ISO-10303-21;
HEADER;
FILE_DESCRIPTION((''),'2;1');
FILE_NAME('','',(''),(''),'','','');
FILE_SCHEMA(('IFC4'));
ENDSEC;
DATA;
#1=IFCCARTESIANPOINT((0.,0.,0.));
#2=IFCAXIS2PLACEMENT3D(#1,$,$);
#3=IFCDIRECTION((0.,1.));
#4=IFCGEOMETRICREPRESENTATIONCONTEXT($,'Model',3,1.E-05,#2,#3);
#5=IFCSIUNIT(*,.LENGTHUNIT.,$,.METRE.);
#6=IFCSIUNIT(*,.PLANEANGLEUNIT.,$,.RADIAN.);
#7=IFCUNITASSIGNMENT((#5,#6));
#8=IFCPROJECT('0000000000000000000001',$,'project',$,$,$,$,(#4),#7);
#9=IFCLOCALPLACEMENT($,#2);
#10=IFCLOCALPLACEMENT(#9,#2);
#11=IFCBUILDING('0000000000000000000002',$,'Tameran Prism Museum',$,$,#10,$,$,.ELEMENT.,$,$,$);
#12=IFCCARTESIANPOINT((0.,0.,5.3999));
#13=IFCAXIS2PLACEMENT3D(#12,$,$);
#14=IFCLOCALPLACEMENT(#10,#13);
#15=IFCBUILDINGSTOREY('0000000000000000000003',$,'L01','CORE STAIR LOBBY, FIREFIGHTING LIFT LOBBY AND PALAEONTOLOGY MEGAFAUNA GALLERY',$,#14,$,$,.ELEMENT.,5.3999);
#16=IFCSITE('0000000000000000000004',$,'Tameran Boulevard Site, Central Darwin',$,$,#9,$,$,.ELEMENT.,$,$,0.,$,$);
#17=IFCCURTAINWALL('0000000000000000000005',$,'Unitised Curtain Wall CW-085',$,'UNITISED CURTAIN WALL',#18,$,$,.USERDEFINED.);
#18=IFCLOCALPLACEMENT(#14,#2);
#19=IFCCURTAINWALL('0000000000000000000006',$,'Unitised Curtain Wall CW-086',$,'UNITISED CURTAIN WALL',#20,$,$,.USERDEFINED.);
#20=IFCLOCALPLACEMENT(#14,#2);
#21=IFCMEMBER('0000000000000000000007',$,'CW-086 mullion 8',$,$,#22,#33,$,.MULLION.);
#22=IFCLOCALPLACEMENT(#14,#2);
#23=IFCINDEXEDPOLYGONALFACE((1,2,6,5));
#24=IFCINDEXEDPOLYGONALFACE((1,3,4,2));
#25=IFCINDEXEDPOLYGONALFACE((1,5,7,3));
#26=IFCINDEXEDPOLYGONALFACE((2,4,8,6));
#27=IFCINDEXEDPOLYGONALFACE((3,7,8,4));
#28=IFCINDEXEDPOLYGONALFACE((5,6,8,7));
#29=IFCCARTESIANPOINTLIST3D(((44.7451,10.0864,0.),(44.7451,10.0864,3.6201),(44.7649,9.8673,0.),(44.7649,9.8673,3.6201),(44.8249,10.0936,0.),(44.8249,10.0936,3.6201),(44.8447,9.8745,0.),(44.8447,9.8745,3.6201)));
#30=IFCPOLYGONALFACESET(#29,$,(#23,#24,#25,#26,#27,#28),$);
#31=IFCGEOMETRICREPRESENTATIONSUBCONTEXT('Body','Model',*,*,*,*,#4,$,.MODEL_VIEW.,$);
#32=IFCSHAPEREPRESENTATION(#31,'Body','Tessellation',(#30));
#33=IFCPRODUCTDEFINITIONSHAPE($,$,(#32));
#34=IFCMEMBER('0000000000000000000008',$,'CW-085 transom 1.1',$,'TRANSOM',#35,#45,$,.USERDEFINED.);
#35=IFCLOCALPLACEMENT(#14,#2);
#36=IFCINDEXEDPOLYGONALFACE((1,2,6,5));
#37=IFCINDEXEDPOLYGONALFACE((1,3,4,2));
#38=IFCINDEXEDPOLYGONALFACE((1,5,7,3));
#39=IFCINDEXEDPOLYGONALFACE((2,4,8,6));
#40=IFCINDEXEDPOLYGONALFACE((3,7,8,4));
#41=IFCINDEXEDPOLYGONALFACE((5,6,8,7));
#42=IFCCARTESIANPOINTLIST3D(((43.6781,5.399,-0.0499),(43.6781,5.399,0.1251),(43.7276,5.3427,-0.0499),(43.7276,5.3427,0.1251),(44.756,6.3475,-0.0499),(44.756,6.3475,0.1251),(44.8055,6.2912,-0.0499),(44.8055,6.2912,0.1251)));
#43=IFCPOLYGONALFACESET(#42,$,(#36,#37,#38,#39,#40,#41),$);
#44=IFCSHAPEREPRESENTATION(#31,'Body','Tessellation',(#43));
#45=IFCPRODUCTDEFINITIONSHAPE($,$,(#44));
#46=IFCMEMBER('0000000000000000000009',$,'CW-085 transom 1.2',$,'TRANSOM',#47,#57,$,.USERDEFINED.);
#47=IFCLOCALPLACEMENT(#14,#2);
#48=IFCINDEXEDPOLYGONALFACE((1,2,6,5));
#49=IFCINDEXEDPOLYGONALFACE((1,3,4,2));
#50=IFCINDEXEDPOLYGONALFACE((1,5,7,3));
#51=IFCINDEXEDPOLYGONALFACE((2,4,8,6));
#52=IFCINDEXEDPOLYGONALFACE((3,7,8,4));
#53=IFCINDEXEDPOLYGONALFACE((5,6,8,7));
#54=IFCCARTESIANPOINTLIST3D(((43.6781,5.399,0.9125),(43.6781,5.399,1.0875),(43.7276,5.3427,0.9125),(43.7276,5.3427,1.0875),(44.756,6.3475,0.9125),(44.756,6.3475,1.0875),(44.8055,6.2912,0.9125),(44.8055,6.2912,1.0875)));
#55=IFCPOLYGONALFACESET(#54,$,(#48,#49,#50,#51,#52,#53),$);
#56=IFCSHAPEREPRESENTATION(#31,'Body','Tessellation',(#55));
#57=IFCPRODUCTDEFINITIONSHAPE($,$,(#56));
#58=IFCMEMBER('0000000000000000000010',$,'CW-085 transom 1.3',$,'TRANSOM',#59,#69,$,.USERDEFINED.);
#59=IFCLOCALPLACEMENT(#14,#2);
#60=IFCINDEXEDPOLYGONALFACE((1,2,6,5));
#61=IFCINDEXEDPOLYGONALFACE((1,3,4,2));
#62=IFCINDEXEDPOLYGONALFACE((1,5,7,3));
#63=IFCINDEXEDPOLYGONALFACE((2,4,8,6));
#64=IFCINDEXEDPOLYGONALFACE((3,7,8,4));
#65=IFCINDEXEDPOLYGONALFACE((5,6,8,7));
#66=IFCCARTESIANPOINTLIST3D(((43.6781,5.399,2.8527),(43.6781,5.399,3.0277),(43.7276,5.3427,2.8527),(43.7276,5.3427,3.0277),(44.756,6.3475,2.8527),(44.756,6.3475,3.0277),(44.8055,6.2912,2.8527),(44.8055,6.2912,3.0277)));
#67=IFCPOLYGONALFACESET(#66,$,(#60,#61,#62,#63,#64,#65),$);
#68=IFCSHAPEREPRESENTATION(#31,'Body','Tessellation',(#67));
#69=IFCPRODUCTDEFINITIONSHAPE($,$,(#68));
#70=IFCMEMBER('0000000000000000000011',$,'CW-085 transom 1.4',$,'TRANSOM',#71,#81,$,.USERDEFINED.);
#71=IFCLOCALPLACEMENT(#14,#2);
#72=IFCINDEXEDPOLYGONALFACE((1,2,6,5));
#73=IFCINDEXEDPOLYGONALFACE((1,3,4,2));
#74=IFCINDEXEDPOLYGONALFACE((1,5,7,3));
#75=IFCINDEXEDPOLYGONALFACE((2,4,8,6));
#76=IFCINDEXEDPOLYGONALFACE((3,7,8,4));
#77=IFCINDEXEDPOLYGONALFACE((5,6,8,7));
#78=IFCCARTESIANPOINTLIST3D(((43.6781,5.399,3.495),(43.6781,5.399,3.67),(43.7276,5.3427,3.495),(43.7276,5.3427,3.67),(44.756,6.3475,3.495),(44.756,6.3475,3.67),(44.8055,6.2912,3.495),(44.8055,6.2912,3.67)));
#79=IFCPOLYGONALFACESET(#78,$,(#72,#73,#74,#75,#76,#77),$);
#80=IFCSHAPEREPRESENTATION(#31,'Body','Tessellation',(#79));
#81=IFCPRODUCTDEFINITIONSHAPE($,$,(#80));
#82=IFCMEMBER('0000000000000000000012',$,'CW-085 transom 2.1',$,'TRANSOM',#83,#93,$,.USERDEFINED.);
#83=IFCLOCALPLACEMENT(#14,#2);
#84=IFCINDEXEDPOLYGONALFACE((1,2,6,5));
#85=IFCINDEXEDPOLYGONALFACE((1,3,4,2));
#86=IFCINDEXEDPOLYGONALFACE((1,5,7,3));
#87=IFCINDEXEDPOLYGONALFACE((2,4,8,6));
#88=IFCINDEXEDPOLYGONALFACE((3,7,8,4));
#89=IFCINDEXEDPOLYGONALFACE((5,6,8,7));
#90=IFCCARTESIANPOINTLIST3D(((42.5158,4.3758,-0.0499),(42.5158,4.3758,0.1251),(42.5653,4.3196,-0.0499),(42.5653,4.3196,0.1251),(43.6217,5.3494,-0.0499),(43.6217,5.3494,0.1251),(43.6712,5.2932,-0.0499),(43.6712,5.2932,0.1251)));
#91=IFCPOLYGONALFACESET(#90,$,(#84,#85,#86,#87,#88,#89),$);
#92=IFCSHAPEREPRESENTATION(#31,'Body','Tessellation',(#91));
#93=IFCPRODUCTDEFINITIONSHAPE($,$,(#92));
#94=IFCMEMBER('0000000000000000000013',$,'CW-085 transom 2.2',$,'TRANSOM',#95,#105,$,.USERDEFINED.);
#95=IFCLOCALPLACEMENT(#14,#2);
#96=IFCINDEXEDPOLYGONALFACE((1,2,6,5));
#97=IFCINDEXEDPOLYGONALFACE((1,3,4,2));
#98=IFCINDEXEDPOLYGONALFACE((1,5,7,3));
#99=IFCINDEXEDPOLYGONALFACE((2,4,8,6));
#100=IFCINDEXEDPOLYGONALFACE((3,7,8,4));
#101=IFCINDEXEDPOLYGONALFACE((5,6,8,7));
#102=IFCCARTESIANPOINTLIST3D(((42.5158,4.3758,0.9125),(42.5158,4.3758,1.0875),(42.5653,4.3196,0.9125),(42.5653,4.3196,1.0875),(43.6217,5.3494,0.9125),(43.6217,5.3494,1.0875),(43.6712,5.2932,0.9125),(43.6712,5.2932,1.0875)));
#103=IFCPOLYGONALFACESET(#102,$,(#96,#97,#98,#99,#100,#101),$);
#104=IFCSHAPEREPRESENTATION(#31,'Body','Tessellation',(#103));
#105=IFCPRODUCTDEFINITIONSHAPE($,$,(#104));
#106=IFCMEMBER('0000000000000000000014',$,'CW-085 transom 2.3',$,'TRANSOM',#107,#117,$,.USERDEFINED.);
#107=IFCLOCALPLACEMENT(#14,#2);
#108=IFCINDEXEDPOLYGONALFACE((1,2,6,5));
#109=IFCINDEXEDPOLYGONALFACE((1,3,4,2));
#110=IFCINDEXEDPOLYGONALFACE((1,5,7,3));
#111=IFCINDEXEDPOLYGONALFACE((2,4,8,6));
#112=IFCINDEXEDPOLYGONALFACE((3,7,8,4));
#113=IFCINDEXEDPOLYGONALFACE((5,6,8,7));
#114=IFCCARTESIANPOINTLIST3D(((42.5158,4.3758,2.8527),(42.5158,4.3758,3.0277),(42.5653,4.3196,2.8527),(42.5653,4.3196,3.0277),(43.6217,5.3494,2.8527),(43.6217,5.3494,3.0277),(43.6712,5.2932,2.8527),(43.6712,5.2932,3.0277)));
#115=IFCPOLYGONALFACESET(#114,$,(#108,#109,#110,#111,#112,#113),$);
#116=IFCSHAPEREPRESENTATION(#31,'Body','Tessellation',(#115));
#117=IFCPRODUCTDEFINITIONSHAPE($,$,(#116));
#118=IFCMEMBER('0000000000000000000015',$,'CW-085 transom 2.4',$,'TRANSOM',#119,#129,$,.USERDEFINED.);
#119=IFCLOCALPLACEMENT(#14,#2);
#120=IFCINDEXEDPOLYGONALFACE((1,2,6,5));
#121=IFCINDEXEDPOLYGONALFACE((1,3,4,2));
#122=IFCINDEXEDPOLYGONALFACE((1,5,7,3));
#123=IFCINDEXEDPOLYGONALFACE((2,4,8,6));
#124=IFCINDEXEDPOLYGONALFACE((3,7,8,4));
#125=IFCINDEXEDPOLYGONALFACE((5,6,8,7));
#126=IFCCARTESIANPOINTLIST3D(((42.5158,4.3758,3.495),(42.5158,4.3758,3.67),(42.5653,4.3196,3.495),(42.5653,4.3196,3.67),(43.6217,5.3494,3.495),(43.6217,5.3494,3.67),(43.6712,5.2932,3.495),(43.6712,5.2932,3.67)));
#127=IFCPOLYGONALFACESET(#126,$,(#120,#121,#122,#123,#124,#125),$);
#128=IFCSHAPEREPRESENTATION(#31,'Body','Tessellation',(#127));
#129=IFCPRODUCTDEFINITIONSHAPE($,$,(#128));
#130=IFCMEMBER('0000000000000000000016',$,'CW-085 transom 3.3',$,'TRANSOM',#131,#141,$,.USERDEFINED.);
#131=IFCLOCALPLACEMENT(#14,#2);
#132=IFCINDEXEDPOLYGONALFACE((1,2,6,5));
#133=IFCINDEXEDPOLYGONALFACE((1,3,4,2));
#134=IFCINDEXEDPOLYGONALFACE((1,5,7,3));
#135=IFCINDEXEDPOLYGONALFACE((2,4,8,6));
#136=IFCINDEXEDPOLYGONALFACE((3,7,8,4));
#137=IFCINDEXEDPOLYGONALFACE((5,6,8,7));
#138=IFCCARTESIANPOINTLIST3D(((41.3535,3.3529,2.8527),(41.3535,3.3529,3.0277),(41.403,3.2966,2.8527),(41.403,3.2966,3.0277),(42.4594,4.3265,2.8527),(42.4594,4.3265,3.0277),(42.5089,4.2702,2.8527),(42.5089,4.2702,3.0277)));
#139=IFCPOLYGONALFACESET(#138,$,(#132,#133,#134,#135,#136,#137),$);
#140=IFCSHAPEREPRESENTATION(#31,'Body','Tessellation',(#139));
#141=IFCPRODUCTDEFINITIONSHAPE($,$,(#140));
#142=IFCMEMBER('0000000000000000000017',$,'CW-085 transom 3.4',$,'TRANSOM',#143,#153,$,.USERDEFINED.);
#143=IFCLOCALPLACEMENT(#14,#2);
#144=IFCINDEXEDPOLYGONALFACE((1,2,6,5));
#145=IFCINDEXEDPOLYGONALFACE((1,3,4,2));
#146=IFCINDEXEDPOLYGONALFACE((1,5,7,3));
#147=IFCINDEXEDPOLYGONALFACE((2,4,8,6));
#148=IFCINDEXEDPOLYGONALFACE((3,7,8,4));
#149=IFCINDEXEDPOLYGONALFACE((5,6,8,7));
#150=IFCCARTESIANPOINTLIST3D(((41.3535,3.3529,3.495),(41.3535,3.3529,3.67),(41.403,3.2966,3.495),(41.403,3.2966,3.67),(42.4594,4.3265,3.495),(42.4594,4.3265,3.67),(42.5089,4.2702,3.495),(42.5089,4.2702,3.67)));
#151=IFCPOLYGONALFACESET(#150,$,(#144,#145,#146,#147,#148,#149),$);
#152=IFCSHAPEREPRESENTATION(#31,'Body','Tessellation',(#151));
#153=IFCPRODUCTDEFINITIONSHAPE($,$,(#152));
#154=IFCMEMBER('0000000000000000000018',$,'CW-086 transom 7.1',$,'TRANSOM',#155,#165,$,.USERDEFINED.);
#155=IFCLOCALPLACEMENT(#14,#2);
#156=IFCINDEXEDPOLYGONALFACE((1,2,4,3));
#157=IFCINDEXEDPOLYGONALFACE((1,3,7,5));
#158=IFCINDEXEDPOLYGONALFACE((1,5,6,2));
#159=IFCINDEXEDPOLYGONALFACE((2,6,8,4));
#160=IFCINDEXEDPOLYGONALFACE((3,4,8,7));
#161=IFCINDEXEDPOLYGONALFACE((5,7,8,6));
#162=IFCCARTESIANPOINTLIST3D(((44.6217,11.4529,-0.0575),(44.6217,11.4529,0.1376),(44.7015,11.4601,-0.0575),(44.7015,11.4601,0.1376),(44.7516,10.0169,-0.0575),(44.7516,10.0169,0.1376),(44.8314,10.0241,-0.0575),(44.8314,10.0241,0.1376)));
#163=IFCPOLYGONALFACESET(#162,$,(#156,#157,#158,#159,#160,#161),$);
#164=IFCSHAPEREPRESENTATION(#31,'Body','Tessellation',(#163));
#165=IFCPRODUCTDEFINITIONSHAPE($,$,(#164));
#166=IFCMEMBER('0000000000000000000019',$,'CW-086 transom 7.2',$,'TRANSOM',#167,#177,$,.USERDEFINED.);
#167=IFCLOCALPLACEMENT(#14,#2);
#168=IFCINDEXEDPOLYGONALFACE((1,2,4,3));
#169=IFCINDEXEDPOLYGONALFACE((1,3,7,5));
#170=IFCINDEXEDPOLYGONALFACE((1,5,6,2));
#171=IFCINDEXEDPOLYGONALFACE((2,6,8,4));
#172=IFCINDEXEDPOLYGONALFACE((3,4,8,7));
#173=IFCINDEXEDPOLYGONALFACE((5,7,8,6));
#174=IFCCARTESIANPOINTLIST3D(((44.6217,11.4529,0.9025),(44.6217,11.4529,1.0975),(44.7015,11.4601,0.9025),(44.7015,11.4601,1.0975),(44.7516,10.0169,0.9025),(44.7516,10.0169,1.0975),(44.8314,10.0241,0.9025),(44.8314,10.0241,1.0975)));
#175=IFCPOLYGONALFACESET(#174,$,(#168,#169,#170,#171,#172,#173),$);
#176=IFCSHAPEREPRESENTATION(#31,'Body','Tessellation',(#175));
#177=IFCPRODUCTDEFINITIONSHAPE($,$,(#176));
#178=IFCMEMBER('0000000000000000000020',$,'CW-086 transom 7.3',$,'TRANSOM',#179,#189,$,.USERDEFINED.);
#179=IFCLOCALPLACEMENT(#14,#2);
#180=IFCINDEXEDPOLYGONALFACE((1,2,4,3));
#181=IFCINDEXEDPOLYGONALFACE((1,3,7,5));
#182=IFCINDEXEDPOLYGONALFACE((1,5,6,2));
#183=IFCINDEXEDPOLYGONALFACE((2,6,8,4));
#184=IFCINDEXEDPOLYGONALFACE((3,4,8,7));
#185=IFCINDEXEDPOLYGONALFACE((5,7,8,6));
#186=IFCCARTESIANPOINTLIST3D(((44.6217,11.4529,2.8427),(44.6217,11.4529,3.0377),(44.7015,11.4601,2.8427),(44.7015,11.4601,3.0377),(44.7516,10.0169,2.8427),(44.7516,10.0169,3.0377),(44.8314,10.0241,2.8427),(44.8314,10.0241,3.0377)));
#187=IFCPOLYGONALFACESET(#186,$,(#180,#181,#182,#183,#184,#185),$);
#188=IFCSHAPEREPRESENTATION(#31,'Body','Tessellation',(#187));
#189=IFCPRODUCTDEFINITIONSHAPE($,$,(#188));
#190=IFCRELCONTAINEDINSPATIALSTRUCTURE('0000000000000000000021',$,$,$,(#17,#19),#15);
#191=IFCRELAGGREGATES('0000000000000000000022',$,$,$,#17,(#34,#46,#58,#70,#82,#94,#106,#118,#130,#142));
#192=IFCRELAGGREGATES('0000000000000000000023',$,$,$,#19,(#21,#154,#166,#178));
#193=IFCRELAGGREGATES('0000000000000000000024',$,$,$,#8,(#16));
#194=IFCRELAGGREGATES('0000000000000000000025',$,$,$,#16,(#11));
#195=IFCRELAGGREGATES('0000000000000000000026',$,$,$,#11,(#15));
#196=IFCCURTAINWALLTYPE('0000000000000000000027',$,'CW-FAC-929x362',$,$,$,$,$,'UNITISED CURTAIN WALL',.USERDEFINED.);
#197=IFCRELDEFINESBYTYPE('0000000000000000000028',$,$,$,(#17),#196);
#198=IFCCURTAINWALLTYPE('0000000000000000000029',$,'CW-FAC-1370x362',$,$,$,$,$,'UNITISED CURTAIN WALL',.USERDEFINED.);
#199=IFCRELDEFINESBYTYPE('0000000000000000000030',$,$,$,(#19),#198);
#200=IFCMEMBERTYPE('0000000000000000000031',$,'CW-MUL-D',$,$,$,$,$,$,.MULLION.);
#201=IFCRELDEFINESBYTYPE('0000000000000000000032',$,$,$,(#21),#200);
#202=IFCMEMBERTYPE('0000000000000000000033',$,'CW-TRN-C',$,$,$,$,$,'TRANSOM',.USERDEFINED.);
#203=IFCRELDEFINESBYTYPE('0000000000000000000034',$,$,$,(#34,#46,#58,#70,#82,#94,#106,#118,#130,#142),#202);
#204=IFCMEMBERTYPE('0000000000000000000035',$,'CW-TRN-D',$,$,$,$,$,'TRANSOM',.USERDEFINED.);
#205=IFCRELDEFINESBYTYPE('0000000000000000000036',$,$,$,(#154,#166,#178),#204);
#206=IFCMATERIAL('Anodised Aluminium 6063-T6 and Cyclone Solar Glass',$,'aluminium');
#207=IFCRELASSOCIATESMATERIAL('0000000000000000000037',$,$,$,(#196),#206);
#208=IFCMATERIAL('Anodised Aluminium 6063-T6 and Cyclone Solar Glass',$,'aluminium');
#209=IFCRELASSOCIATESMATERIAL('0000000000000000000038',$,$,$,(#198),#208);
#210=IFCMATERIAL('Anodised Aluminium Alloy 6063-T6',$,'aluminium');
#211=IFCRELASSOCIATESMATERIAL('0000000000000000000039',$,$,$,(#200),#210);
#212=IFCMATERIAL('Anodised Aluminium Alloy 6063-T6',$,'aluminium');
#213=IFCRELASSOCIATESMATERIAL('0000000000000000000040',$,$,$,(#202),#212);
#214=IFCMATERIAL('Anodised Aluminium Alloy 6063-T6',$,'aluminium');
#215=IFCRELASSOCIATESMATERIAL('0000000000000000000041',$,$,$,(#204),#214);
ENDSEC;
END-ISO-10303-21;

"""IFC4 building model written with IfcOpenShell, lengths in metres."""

from ifc_helpers import new_model, si_unit, direction, frame, origin, origin_2d, place, context, subcontext, project, spatial, rectangle, extrude, material, material_profile, profile_set, type_object, element, aggregate, save


model = new_model("IFC4")

# Units and contexts
model_context = context("Model", 3, precision=1e-05, world=origin(), true_north=direction((0.0, 1.0)))
body_context = subcontext(model_context, "Body", "Model", "MODEL_VIEW")
ifc_project = project(units=[si_unit("LENGTHUNIT", "METRE"), si_unit("PLANEANGLEUNIT", "RADIAN")], contexts=[model_context])

# Site, building, storey
site_placement = place(None, origin())
site = spatial("IfcSite", under=ifc_project, at=site_placement, Name="Tameran Boulevard Site, Central Darwin", CompositionType="ELEMENT", RefElevation=0.0)
building_placement = place(site_placement, origin())
building = spatial("IfcBuilding", under=site, at=building_placement, Name="Tameran Prism Museum", CompositionType="ELEMENT")
storey_placement = place(building_placement, frame((0.0, 0.0, 5.3999)))
storey = spatial("IfcBuildingStorey", under=building, at=storey_placement, Name="L01", Description="CORE STAIR LOBBY, FIREFIGHTING LIFT LOBBY AND PALAEONTOLOGY MEGAFAUNA GALLERY", CompositionType="ELEMENT", Elevation=5.3999)

# Curtain wall
ifc_material_1 = material(Name="Anodised Aluminium 6063-T6 and Cyclone Solar Glass", Category="aluminium")
curtain_wall_type_1 = type_object("IfcCurtainWallType", Name="CW-FAC-929x362", ElementType="UNITISED CURTAIN WALL", PredefinedType="USERDEFINED", material=ifc_material_1)
curtain_wall_1_placement = place(storey_placement, origin())
curtain_wall_1 = element("IfcCurtainWall", 1, at=curtain_wall_1_placement, inside=storey, type_object=curtain_wall_type_1, Name="Unitised Curtain Wall CW-085", ObjectType="UNITISED CURTAIN WALL", PredefinedType="USERDEFINED")

# Curtain wall, member
ifc_material_2 = material(Name="Anodised Aluminium 6063-T6 and Cyclone Solar Glass", Category="aluminium")
curtain_wall_type_2 = type_object("IfcCurtainWallType", Name="CW-FAC-1370x362", ElementType="UNITISED CURTAIN WALL", PredefinedType="USERDEFINED", material=ifc_material_2)
curtain_wall_2_placement = place(storey_placement, origin())
curtain_wall_2 = element("IfcCurtainWall", 2, at=curtain_wall_2_placement, inside=storey, type_object=curtain_wall_type_2, Name="Unitised Curtain Wall CW-086", ObjectType="UNITISED CURTAIN WALL", PredefinedType="USERDEFINED")
ifc_material_3 = material(Name="Anodised Aluminium Alloy 6063-T6", Category="aluminium")
ifc_material_profile_1 = material_profile(ifc_material_3, rectangle(XDim=0.0801, YDim=0.22, at=origin_2d()))
ifc_profile_set_1 = profile_set([ifc_material_profile_1])
member_type_1 = type_object("IfcMemberType", Name="CW-MUL-D", PredefinedType="MULLION", material=ifc_profile_set_1)
member_1_placement = place(storey_placement, frame((44.7949, 9.9805, 0.0), z_axis=(0.0, 0.0, 1.0), x_axis=(0.99594, 0.090016, 0.0)))
member_1 = element("IfcMember", 3, at=member_1_placement, type_object=member_type_1, Name="CW-086 mullion 8", PredefinedType="MULLION", context=body_context, shape_type="SweptSolid", body=[
    extrude(rectangle(XDim=0.0801, YDim=0.22, at=origin_2d()), origin(), (0.0, 0.0, 1.0), 3.6201),
])

# Members
ifc_material_4 = material(Name="Anodised Aluminium Alloy 6063-T6", Category="aluminium")
ifc_material_profile_2 = material_profile(ifc_material_4, rectangle(XDim=0.075, YDim=0.175, at=origin_2d()))
ifc_profile_set_2 = profile_set([ifc_material_profile_2])
member_type_2 = type_object("IfcMemberType", Name="CW-TRN-C", ElementType="TRANSOM", PredefinedType="USERDEFINED", material=ifc_profile_set_2)
member_2_placement = place(storey_placement, frame((44.7808, 6.3193, 0.0376), z_axis=(-0.75073, -0.660609, 0.0), x_axis=(0.660609, -0.75073, 0.0)))
member_2 = element("IfcMember", 4, at=member_2_placement, type_object=member_type_2, Name="CW-085 transom 1.1", ObjectType="TRANSOM", PredefinedType="USERDEFINED", context=body_context, shape_type="SweptSolid", body=[
    extrude(rectangle(XDim=0.075, YDim=0.175, at=origin_2d()), origin(), (0.0, 0.0, 1.0), 1.4358),
])
member_3_placement = place(storey_placement, frame((44.7808, 6.3193, 1.0), z_axis=(-0.75073, -0.660609, 0.0), x_axis=(0.660609, -0.75073, 0.0)))
member_3 = element("IfcMember", 5, at=member_3_placement, type_object=member_type_2, Name="CW-085 transom 1.2", ObjectType="TRANSOM", PredefinedType="USERDEFINED", context=body_context, shape_type="SweptSolid", body=[
    extrude(rectangle(XDim=0.075, YDim=0.175, at=origin_2d()), origin(), (0.0, 0.0, 1.0), 1.4358),
])
member_4_placement = place(storey_placement, frame((44.7808, 6.3193, 2.9402), z_axis=(-0.75073, -0.660609, 0.0), x_axis=(0.660609, -0.75073, 0.0)))
member_4 = element("IfcMember", 6, at=member_4_placement, type_object=member_type_2, Name="CW-085 transom 1.3", ObjectType="TRANSOM", PredefinedType="USERDEFINED", context=body_context, shape_type="SweptSolid", body=[
    extrude(rectangle(XDim=0.075, YDim=0.175, at=origin_2d()), origin(), (0.0, 0.0, 1.0), 1.4358),
])
member_5_placement = place(storey_placement, frame((44.7808, 6.3193, 3.5825), z_axis=(-0.75073, -0.660609, 0.0), x_axis=(0.660609, -0.75073, 0.0)))
member_5 = element("IfcMember", 7, at=member_5_placement, type_object=member_type_2, Name="CW-085 transom 1.4", ObjectType="TRANSOM", PredefinedType="USERDEFINED", context=body_context, shape_type="SweptSolid", body=[
    extrude(rectangle(XDim=0.075, YDim=0.175, at=origin_2d()), origin(), (0.0, 0.0, 1.0), 1.4358),
])
member_6_placement = place(storey_placement, frame((43.6465, 5.3213, 0.0376), z_axis=(-0.750582, -0.660777, 0.0), x_axis=(0.660777, -0.750582, 0.0)))
member_6 = element("IfcMember", 8, at=member_6_placement, type_object=member_type_2, Name="CW-085 transom 2.1", ObjectType="TRANSOM", PredefinedType="USERDEFINED", context=body_context, shape_type="SweptSolid", body=[
    extrude(rectangle(XDim=0.075, YDim=0.175, at=origin_2d()), origin(), (0.0, 0.0, 1.0), 1.4734),
])
member_7_placement = place(storey_placement, frame((43.6465, 5.3213, 1.0), z_axis=(-0.750582, -0.660777, 0.0), x_axis=(0.660777, -0.750582, 0.0)))
member_7 = element("IfcMember", 9, at=member_7_placement, type_object=member_type_2, Name="CW-085 transom 2.2", ObjectType="TRANSOM", PredefinedType="USERDEFINED", context=body_context, shape_type="SweptSolid", body=[
    extrude(rectangle(XDim=0.075, YDim=0.175, at=origin_2d()), origin(), (0.0, 0.0, 1.0), 1.4734),
])
member_8_placement = place(storey_placement, frame((43.6465, 5.3213, 2.9402), z_axis=(-0.750582, -0.660777, 0.0), x_axis=(0.660777, -0.750582, 0.0)))
member_8 = element("IfcMember", 10, at=member_8_placement, type_object=member_type_2, Name="CW-085 transom 2.3", ObjectType="TRANSOM", PredefinedType="USERDEFINED", context=body_context, shape_type="SweptSolid", body=[
    extrude(rectangle(XDim=0.075, YDim=0.175, at=origin_2d()), origin(), (0.0, 0.0, 1.0), 1.4734),
])
member_9_placement = place(storey_placement, frame((43.6465, 5.3213, 3.5825), z_axis=(-0.750582, -0.660777, 0.0), x_axis=(0.660777, -0.750582, 0.0)))
member_9 = element("IfcMember", 11, at=member_9_placement, type_object=member_type_2, Name="CW-085 transom 2.4", ObjectType="TRANSOM", PredefinedType="USERDEFINED", context=body_context, shape_type="SweptSolid", body=[
    extrude(rectangle(XDim=0.075, YDim=0.175, at=origin_2d()), origin(), (0.0, 0.0, 1.0), 1.4734),
])
member_10_placement = place(storey_placement, frame((42.4841, 4.2983, 2.9402), z_axis=(-0.750582, -0.660777, 0.0), x_axis=(0.660777, -0.750582, 0.0)))
member_10 = element("IfcMember", 12, at=member_10_placement, type_object=member_type_2, Name="CW-085 transom 3.3", ObjectType="TRANSOM", PredefinedType="USERDEFINED", context=body_context, shape_type="SweptSolid", body=[
    extrude(rectangle(XDim=0.075, YDim=0.175, at=origin_2d()), origin(), (0.0, 0.0, 1.0), 1.4734),
])
member_11_placement = place(storey_placement, frame((42.4841, 4.2983, 3.5825), z_axis=(-0.750582, -0.660777, 0.0), x_axis=(0.660777, -0.750582, 0.0)))
member_11 = element("IfcMember", 13, at=member_11_placement, type_object=member_type_2, Name="CW-085 transom 3.4", ObjectType="TRANSOM", PredefinedType="USERDEFINED", context=body_context, shape_type="SweptSolid", body=[
    extrude(rectangle(XDim=0.075, YDim=0.175, at=origin_2d()), origin(), (0.0, 0.0, 1.0), 1.4734),
])
ifc_material_5 = material(Name="Anodised Aluminium Alloy 6063-T6", Category="aluminium")
ifc_material_profile_3 = material_profile(ifc_material_5, rectangle(XDim=0.0801, YDim=0.1951, at=origin_2d()))
ifc_profile_set_3 = profile_set([ifc_material_profile_3])
member_type_3 = type_object("IfcMemberType", Name="CW-TRN-D", ElementType="TRANSOM", PredefinedType="USERDEFINED", material=ifc_profile_set_3)
member_12_placement = place(storey_placement, frame((44.6616, 11.4565, 0.04), z_axis=(0.090078, -0.995935, 0.0), x_axis=(0.995935, 0.090078, 0.0)))
member_12 = element("IfcMember", 14, at=member_12_placement, type_object=member_type_3, Name="CW-086 transom 7.1", ObjectType="TRANSOM", PredefinedType="USERDEFINED", context=body_context, shape_type="SweptSolid", body=[
    extrude(rectangle(XDim=0.0801, YDim=0.1951, at=origin_2d()), origin(), (0.0, 0.0, 1.0), 1.4419),
])
member_13_placement = place(storey_placement, frame((44.6616, 11.4565, 1.0), z_axis=(0.090078, -0.995935, 0.0), x_axis=(0.995935, 0.090078, 0.0)))
member_13 = element("IfcMember", 15, at=member_13_placement, type_object=member_type_3, Name="CW-086 transom 7.2", ObjectType="TRANSOM", PredefinedType="USERDEFINED", context=body_context, shape_type="SweptSolid", body=[
    extrude(rectangle(XDim=0.0801, YDim=0.1951, at=origin_2d()), origin(), (0.0, 0.0, 1.0), 1.4419),
])
member_14_placement = place(storey_placement, frame((44.6616, 11.4565, 2.9402), z_axis=(0.090078, -0.995935, 0.0), x_axis=(0.995935, 0.090078, 0.0)))
member_14 = element("IfcMember", 16, at=member_14_placement, type_object=member_type_3, Name="CW-086 transom 7.3", ObjectType="TRANSOM", PredefinedType="USERDEFINED", context=body_context, shape_type="SweptSolid", body=[
    extrude(rectangle(XDim=0.0801, YDim=0.1951, at=origin_2d()), origin(), (0.0, 0.0, 1.0), 1.4419),
])

aggregate(curtain_wall_1, [member_2, member_3, member_4, member_5, member_6, member_7, member_8, member_9, member_10, member_11])
aggregate(curtain_wall_2, [member_1, member_12, member_13, member_14])

save(model, "model.ifc")
